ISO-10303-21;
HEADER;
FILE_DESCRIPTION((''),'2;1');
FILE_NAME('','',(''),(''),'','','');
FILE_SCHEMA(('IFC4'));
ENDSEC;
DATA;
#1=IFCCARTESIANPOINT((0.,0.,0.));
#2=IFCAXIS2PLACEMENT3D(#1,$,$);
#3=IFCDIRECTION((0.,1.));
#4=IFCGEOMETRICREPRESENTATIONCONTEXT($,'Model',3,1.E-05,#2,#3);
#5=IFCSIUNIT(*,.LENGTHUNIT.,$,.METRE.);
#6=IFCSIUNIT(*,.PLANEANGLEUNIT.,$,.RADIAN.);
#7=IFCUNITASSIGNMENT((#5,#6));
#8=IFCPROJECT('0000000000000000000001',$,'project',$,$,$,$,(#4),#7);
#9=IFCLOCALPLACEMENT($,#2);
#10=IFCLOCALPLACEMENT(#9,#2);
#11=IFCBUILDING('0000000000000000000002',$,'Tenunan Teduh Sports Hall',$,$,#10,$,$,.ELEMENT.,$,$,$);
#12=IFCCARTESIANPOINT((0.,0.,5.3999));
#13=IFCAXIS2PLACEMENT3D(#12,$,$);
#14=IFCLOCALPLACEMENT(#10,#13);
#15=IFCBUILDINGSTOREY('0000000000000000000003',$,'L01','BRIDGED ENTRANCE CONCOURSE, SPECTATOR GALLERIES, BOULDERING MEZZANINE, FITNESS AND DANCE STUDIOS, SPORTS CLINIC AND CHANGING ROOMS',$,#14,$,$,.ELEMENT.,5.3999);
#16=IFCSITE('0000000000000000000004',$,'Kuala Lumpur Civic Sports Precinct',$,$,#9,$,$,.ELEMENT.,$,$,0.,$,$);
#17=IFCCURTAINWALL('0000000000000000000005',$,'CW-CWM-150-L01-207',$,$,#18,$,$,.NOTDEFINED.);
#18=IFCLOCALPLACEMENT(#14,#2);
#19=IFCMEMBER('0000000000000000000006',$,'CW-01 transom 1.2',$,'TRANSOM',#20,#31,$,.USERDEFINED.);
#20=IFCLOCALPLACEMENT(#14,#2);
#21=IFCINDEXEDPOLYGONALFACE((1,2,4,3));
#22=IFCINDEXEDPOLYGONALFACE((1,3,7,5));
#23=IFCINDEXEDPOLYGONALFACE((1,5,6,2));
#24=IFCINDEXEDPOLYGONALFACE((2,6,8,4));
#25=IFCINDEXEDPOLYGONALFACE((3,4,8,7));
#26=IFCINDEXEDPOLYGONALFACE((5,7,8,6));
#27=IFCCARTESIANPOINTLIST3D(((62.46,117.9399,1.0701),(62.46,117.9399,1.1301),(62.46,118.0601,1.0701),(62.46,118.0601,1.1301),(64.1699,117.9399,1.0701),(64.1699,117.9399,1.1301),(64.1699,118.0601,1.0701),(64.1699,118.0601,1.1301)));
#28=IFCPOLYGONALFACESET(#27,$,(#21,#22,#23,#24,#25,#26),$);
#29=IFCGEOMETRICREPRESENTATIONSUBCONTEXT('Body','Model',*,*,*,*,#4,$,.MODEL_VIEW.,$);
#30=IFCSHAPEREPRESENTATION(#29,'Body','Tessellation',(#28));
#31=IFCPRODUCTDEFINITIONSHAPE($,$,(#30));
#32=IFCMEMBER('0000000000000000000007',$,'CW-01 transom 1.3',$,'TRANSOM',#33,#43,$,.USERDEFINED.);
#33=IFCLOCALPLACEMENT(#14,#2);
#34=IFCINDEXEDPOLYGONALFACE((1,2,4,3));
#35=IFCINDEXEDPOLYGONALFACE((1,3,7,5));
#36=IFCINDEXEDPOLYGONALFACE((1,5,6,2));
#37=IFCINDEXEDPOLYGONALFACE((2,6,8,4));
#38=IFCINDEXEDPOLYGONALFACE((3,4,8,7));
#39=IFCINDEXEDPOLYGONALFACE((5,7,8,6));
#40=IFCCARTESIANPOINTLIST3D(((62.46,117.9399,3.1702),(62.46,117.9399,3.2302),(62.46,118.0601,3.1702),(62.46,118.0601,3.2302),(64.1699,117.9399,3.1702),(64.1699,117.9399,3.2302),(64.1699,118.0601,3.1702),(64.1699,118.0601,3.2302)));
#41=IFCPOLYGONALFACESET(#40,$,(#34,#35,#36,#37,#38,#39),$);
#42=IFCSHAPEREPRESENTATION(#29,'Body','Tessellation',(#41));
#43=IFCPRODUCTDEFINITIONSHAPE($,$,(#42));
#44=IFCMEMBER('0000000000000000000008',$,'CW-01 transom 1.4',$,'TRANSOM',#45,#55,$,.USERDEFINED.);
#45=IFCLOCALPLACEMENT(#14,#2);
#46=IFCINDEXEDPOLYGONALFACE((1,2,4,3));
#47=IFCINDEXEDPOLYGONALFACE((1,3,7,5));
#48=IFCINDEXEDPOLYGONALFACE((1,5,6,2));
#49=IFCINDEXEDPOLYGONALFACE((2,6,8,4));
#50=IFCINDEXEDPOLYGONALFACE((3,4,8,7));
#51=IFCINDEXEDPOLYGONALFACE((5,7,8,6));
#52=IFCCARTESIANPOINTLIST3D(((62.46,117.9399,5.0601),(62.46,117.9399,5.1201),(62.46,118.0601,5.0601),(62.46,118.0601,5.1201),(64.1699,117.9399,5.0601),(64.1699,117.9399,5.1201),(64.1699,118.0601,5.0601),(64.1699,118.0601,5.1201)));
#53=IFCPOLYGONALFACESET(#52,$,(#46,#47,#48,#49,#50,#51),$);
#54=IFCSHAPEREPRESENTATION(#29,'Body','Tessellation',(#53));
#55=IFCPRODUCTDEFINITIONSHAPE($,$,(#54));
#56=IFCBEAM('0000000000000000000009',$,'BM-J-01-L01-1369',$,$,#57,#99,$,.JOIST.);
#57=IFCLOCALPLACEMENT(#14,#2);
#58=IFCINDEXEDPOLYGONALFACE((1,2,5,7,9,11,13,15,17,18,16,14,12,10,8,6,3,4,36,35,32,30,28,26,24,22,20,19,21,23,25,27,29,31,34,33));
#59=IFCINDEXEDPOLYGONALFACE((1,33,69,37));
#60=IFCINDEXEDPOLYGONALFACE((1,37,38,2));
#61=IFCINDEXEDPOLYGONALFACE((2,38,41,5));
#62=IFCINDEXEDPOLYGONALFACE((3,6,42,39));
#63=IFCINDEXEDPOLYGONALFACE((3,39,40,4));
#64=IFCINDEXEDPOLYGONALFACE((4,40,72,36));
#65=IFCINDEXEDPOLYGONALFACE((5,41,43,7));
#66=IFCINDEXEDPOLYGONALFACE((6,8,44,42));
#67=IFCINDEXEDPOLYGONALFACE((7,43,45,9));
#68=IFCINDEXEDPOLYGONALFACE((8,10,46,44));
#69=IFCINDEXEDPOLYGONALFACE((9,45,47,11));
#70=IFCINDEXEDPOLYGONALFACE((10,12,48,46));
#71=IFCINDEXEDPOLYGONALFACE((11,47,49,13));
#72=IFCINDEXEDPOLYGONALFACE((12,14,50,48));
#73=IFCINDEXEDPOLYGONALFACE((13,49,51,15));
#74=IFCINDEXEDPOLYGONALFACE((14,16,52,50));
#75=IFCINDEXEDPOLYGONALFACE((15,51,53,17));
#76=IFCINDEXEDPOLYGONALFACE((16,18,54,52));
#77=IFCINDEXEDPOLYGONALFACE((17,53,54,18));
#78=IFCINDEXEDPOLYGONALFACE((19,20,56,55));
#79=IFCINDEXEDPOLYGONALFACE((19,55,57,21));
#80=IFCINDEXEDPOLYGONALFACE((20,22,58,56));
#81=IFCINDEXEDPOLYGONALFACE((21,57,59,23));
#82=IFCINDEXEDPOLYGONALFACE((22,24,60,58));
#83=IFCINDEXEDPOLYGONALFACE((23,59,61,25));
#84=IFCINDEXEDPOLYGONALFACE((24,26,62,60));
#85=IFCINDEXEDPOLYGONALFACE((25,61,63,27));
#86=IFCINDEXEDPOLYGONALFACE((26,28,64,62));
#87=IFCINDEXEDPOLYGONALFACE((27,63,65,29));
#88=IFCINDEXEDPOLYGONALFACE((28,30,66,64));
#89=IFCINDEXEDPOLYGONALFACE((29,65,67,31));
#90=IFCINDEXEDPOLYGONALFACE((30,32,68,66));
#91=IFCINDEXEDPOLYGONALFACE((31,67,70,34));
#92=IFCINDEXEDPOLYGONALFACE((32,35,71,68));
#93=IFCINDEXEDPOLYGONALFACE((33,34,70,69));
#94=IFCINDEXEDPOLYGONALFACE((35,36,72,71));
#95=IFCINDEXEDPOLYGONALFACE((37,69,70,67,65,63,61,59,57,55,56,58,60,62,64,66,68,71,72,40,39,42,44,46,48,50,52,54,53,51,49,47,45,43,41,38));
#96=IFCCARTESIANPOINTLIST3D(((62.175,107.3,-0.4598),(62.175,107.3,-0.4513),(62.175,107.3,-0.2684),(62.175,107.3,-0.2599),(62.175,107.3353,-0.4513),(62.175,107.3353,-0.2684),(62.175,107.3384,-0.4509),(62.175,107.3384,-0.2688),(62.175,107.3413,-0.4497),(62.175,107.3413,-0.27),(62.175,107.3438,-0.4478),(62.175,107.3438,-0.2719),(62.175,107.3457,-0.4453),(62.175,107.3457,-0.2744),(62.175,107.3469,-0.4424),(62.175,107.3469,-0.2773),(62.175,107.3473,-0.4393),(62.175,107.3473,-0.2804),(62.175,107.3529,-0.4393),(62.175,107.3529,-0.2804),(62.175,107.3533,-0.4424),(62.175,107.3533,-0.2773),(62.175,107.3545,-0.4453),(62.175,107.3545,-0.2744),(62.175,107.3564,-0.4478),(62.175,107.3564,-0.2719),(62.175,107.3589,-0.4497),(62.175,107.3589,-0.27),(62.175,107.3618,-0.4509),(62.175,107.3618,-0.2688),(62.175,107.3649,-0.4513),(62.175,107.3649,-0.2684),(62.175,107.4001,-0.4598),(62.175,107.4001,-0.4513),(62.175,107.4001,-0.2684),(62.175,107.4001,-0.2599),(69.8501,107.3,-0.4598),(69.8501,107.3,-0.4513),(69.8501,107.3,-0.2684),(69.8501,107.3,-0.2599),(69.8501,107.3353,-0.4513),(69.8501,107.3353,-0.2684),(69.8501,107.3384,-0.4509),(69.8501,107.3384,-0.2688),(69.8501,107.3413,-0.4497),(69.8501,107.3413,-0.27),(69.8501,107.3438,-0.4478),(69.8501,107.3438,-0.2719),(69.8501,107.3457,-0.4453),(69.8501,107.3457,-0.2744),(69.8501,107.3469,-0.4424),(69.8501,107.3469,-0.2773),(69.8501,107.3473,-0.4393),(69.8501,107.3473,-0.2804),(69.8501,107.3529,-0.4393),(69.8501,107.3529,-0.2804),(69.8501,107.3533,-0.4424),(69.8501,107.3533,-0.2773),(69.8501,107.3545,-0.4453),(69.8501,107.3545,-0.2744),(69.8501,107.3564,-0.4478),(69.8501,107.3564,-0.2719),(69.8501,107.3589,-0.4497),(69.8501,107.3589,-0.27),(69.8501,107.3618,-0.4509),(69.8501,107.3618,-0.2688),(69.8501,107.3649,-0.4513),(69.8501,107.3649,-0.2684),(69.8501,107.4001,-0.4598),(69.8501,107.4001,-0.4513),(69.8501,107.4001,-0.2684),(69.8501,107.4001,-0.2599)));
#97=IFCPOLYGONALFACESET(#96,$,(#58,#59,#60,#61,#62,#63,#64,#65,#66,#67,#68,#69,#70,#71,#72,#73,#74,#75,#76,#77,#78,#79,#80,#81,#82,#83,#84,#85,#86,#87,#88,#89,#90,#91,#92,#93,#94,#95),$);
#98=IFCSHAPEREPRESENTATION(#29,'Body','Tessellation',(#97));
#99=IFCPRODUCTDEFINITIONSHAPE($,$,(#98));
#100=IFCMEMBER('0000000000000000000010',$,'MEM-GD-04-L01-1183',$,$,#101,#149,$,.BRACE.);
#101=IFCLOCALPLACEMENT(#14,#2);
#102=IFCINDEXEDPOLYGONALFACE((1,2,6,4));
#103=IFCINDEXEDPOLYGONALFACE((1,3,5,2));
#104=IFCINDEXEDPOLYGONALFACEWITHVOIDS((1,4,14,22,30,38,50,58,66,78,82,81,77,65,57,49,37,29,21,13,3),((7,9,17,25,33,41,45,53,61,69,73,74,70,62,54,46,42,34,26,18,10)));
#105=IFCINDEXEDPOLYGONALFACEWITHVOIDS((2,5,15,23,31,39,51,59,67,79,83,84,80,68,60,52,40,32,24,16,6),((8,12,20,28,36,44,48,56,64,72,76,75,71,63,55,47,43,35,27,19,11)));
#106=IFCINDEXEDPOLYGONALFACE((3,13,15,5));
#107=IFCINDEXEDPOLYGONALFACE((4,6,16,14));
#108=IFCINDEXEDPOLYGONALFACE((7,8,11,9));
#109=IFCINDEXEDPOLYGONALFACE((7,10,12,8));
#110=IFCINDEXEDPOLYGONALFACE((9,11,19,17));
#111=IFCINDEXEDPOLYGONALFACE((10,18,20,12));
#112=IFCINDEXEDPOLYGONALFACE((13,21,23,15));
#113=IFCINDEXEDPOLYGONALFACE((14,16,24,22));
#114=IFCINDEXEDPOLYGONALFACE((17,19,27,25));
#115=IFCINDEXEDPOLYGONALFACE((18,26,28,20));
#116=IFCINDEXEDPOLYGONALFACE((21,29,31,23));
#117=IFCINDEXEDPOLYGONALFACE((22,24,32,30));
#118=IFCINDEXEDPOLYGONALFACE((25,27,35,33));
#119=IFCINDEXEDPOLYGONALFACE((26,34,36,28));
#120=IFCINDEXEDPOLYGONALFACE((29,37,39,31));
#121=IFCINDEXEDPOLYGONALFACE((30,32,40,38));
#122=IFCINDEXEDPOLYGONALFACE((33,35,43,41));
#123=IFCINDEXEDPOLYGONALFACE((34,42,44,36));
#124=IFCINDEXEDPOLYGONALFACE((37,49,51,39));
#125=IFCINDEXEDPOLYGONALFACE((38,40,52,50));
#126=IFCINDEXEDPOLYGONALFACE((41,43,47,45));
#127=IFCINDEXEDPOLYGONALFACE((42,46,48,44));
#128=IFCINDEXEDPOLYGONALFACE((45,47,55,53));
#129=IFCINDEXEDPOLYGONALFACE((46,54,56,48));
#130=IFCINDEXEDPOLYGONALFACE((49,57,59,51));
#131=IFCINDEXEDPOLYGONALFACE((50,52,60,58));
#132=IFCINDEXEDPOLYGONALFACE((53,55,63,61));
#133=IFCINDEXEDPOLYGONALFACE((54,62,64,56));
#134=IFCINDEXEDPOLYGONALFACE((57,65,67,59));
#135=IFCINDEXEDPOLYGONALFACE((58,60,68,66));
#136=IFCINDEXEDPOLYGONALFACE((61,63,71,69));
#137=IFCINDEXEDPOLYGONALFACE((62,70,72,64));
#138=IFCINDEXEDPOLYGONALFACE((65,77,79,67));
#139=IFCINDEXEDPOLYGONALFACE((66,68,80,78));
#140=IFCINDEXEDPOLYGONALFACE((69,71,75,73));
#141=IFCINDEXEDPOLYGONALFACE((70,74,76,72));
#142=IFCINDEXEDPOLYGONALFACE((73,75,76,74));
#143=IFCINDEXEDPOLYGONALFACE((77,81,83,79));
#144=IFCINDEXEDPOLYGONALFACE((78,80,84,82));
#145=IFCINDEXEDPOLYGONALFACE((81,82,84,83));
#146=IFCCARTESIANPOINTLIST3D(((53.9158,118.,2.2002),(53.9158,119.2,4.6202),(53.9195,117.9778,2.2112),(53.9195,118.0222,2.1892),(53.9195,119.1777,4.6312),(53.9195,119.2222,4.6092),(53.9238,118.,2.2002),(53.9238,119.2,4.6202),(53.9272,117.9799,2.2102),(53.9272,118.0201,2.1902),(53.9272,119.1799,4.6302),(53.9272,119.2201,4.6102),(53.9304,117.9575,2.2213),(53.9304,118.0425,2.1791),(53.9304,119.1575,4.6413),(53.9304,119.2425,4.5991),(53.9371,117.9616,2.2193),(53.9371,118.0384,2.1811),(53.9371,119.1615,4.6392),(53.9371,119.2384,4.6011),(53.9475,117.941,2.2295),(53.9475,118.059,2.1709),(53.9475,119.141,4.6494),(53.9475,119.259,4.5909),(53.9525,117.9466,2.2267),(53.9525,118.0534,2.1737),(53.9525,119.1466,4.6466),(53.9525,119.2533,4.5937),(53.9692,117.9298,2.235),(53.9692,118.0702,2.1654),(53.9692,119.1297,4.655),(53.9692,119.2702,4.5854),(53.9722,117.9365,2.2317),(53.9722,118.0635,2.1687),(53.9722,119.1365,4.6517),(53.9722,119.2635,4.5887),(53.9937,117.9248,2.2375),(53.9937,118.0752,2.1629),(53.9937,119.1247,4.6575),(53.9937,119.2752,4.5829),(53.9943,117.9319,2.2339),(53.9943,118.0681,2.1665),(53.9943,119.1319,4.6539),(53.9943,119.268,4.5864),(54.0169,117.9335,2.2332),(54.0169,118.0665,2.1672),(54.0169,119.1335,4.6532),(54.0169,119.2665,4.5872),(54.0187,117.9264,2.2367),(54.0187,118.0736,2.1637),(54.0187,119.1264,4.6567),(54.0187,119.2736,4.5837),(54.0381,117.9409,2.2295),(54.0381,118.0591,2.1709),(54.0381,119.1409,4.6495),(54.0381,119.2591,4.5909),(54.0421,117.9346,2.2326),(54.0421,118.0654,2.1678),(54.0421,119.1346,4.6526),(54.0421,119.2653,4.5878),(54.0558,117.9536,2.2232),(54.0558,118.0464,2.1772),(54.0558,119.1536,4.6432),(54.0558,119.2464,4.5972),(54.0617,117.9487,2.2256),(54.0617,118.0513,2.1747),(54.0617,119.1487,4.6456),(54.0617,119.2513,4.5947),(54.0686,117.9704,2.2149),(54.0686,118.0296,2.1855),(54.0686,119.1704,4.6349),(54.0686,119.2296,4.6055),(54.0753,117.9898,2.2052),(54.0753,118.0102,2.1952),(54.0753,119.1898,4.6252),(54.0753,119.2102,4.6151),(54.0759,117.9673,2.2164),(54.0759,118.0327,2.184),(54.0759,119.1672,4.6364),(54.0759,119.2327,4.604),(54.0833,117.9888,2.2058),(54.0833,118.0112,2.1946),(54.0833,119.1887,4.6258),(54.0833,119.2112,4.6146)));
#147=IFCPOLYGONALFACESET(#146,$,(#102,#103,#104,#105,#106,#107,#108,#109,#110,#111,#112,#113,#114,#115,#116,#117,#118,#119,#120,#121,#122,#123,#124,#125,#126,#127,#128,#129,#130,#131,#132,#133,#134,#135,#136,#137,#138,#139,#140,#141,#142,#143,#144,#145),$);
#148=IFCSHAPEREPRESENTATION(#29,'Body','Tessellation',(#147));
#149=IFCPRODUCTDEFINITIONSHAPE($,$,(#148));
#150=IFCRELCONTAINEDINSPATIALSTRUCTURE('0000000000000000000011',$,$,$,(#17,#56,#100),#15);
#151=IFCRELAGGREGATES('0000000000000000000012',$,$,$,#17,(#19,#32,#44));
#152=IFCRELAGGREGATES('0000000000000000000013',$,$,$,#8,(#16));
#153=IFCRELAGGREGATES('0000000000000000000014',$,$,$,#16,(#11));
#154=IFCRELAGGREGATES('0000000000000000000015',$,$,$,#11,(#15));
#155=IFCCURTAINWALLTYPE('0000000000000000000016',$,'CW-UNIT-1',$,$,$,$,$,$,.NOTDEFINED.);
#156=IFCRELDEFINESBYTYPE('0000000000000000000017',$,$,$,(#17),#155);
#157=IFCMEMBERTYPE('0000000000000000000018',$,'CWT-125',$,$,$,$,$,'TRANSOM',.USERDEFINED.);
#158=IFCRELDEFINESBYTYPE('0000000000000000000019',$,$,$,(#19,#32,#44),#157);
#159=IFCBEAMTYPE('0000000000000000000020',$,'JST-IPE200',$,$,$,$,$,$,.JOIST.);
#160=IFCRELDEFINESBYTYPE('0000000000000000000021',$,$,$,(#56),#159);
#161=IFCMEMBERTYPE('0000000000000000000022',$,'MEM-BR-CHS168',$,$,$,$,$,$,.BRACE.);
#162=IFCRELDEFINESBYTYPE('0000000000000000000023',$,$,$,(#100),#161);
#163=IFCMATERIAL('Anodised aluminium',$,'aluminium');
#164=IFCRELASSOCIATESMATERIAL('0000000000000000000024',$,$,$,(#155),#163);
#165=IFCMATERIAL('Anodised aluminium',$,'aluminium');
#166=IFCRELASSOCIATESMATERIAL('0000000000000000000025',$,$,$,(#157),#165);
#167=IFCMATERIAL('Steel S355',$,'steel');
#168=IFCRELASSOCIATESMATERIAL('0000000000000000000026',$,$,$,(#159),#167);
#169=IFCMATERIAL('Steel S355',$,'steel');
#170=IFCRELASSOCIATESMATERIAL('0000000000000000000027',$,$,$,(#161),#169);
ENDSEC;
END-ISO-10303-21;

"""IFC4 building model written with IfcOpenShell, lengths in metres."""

from ifc_helpers import new_model, si_unit, direction, frame, origin, origin_2d, place, context, subcontext, project, spatial, rectangle, hollow_circle, i_section, extrude, material, material_profile, profile_set, type_object, element, aggregate, save


model = new_model("IFC4")

# Units and contexts
model_context = context("Model", 3, precision=1e-05, world=origin(), true_north=direction((0.0, 1.0)))
body_context = subcontext(model_context, "Body", "Model", "MODEL_VIEW")
ifc_project = project(units=[si_unit("LENGTHUNIT", "METRE"), si_unit("PLANEANGLEUNIT", "RADIAN")], contexts=[model_context])

# Site, building, storey
site_placement = place(None, origin())
site = spatial("IfcSite", under=ifc_project, at=site_placement, Name="Kuala Lumpur Civic Sports Precinct", CompositionType="ELEMENT", RefElevation=0.0)
building_placement = place(site_placement, origin())
building = spatial("IfcBuilding", under=site, at=building_placement, Name="Tenunan Teduh Sports Hall", CompositionType="ELEMENT")
storey_placement = place(building_placement, frame((0.0, 0.0, 5.3999)))
storey = spatial("IfcBuildingStorey", under=building, at=storey_placement, Name="L01", Description="BRIDGED ENTRANCE CONCOURSE, SPECTATOR GALLERIES, BOULDERING MEZZANINE, FITNESS AND DANCE STUDIOS, SPORTS CLINIC AND CHANGING ROOMS", CompositionType="ELEMENT", Elevation=5.3999)

# Curtain wall, members
ifc_material_1 = material(Name="Anodised aluminium", Category="aluminium")
curtain_wall_type = type_object("IfcCurtainWallType", Name="CW-UNIT-1", PredefinedType="NOTDEFINED", material=ifc_material_1)
curtain_wall_placement = place(storey_placement, origin())
curtain_wall = element("IfcCurtainWall", 1, at=curtain_wall_placement, inside=storey, type_object=curtain_wall_type, Name="CW-CWM-150-L01-207", PredefinedType="NOTDEFINED")
ifc_material_2 = material(Name="Anodised aluminium", Category="aluminium")
ifc_material_profile_1 = material_profile(ifc_material_2, rectangle(XDim=0.0601, YDim=0.1201, at=origin_2d()), Name="CWT 60x120")
ifc_profile_set_1 = profile_set([ifc_material_profile_1], Name="Anodised aluminium")
member_type_1 = type_object("IfcMemberType", Name="CWT-125", ElementType="TRANSOM", PredefinedType="USERDEFINED", material=ifc_profile_set_1)
member_1_placement = place(storey_placement, frame((62.46, 118.0, 1.1001), z_axis=(1.0, 0.0, 0.0), x_axis=(0.0, 0.0, 1.0)))
member_1 = element("IfcMember", 2, at=member_1_placement, type_object=member_type_1, Name="CW-01 transom 1.2", ObjectType="TRANSOM", PredefinedType="USERDEFINED", context=body_context, shape_type="SweptSolid", body=[
    extrude(rectangle(XDim=0.0601, YDim=0.1201, at=origin_2d()), origin(), (0.0, 0.0, 1.0), 1.71),
])
member_2_placement = place(storey_placement, frame((62.46, 118.0, 3.2002), z_axis=(1.0, 0.0, 0.0), x_axis=(0.0, 0.0, 1.0)))
member_2 = element("IfcMember", 3, at=member_2_placement, type_object=member_type_1, Name="CW-01 transom 1.3", ObjectType="TRANSOM", PredefinedType="USERDEFINED", context=body_context, shape_type="SweptSolid", body=[
    extrude(rectangle(XDim=0.0601, YDim=0.1201, at=origin_2d()), origin(), (0.0, 0.0, 1.0), 1.71),
])
member_3_placement = place(storey_placement, frame((62.46, 118.0, 5.0901), z_axis=(1.0, 0.0, 0.0), x_axis=(0.0, 0.0, 1.0)))
member_3 = element("IfcMember", 4, at=member_3_placement, type_object=member_type_1, Name="CW-01 transom 1.4", ObjectType="TRANSOM", PredefinedType="USERDEFINED", context=body_context, shape_type="SweptSolid", body=[
    extrude(rectangle(XDim=0.0601, YDim=0.1201, at=origin_2d()), origin(), (0.0, 0.0, 1.0), 1.71),
])

# Beam
ifc_material_3 = material(Name="Steel S355", Category="steel")
ifc_material_profile_2 = material_profile(ifc_material_3, i_section(OverallWidth=0.1001, OverallDepth=0.2, WebThickness=0.0056, FlangeThickness=0.0085, FilletRadius=0.012, at=origin_2d()), Name="IPE 200")
ifc_profile_set_2 = profile_set([ifc_material_profile_2], Name="Steel S355")
beam_type_1 = type_object("IfcBeamType", Name="JST-IPE200", PredefinedType="JOIST", material=ifc_profile_set_2)
beam_1_placement = place(storey_placement, frame((62.175, 107.3501, -0.3599), z_axis=(1.0, 0.0, 0.0), x_axis=(0.0, 1.0, 0.0)))
element("IfcBeam", 5, at=beam_1_placement, inside=storey, type_object=beam_type_1, Name="BM-J-01-L01-1369", PredefinedType="JOIST", context=body_context, shape_type="SweptSolid", body=[
    extrude(i_section(OverallWidth=0.1001, OverallDepth=0.2, WebThickness=0.0056, FlangeThickness=0.0085, FilletRadius=0.012, at=origin_2d()), origin(), (0.0, 0.0, 1.0), 7.675),
])

# Member
ifc_material_4 = material(Name="Steel S355", Category="steel")
ifc_material_profile_3 = material_profile(ifc_material_4, hollow_circle(Radius=0.0842, WallThickness=0.0081, at=origin_2d()), Name="CHS 168.3x8.0")
ifc_profile_set_3 = profile_set([ifc_material_profile_3], Name="Steel S355")
member_type_2 = type_object("IfcMemberType", Name="MEM-BR-CHS168", PredefinedType="BRACE", material=ifc_profile_set_3)
member_4_placement = place(storey_placement, frame((54.0, 118.0, 2.2002), z_axis=(0.0, 0.444246, 0.895905), x_axis=(-1.0, 0.0, 0.0)))
element("IfcMember", 6, at=member_4_placement, inside=storey, type_object=member_type_2, Name="MEM-GD-04-L01-1183", PredefinedType="BRACE", context=body_context, shape_type="SweptSolid", body=[
    extrude(hollow_circle(Radius=0.0842, WallThickness=0.0081, at=origin_2d()), origin(), (0.0, 0.0, 1.0), 2.7012),
])

aggregate(curtain_wall, [member_1, member_2, member_3])

save(model, "model.ifc")
